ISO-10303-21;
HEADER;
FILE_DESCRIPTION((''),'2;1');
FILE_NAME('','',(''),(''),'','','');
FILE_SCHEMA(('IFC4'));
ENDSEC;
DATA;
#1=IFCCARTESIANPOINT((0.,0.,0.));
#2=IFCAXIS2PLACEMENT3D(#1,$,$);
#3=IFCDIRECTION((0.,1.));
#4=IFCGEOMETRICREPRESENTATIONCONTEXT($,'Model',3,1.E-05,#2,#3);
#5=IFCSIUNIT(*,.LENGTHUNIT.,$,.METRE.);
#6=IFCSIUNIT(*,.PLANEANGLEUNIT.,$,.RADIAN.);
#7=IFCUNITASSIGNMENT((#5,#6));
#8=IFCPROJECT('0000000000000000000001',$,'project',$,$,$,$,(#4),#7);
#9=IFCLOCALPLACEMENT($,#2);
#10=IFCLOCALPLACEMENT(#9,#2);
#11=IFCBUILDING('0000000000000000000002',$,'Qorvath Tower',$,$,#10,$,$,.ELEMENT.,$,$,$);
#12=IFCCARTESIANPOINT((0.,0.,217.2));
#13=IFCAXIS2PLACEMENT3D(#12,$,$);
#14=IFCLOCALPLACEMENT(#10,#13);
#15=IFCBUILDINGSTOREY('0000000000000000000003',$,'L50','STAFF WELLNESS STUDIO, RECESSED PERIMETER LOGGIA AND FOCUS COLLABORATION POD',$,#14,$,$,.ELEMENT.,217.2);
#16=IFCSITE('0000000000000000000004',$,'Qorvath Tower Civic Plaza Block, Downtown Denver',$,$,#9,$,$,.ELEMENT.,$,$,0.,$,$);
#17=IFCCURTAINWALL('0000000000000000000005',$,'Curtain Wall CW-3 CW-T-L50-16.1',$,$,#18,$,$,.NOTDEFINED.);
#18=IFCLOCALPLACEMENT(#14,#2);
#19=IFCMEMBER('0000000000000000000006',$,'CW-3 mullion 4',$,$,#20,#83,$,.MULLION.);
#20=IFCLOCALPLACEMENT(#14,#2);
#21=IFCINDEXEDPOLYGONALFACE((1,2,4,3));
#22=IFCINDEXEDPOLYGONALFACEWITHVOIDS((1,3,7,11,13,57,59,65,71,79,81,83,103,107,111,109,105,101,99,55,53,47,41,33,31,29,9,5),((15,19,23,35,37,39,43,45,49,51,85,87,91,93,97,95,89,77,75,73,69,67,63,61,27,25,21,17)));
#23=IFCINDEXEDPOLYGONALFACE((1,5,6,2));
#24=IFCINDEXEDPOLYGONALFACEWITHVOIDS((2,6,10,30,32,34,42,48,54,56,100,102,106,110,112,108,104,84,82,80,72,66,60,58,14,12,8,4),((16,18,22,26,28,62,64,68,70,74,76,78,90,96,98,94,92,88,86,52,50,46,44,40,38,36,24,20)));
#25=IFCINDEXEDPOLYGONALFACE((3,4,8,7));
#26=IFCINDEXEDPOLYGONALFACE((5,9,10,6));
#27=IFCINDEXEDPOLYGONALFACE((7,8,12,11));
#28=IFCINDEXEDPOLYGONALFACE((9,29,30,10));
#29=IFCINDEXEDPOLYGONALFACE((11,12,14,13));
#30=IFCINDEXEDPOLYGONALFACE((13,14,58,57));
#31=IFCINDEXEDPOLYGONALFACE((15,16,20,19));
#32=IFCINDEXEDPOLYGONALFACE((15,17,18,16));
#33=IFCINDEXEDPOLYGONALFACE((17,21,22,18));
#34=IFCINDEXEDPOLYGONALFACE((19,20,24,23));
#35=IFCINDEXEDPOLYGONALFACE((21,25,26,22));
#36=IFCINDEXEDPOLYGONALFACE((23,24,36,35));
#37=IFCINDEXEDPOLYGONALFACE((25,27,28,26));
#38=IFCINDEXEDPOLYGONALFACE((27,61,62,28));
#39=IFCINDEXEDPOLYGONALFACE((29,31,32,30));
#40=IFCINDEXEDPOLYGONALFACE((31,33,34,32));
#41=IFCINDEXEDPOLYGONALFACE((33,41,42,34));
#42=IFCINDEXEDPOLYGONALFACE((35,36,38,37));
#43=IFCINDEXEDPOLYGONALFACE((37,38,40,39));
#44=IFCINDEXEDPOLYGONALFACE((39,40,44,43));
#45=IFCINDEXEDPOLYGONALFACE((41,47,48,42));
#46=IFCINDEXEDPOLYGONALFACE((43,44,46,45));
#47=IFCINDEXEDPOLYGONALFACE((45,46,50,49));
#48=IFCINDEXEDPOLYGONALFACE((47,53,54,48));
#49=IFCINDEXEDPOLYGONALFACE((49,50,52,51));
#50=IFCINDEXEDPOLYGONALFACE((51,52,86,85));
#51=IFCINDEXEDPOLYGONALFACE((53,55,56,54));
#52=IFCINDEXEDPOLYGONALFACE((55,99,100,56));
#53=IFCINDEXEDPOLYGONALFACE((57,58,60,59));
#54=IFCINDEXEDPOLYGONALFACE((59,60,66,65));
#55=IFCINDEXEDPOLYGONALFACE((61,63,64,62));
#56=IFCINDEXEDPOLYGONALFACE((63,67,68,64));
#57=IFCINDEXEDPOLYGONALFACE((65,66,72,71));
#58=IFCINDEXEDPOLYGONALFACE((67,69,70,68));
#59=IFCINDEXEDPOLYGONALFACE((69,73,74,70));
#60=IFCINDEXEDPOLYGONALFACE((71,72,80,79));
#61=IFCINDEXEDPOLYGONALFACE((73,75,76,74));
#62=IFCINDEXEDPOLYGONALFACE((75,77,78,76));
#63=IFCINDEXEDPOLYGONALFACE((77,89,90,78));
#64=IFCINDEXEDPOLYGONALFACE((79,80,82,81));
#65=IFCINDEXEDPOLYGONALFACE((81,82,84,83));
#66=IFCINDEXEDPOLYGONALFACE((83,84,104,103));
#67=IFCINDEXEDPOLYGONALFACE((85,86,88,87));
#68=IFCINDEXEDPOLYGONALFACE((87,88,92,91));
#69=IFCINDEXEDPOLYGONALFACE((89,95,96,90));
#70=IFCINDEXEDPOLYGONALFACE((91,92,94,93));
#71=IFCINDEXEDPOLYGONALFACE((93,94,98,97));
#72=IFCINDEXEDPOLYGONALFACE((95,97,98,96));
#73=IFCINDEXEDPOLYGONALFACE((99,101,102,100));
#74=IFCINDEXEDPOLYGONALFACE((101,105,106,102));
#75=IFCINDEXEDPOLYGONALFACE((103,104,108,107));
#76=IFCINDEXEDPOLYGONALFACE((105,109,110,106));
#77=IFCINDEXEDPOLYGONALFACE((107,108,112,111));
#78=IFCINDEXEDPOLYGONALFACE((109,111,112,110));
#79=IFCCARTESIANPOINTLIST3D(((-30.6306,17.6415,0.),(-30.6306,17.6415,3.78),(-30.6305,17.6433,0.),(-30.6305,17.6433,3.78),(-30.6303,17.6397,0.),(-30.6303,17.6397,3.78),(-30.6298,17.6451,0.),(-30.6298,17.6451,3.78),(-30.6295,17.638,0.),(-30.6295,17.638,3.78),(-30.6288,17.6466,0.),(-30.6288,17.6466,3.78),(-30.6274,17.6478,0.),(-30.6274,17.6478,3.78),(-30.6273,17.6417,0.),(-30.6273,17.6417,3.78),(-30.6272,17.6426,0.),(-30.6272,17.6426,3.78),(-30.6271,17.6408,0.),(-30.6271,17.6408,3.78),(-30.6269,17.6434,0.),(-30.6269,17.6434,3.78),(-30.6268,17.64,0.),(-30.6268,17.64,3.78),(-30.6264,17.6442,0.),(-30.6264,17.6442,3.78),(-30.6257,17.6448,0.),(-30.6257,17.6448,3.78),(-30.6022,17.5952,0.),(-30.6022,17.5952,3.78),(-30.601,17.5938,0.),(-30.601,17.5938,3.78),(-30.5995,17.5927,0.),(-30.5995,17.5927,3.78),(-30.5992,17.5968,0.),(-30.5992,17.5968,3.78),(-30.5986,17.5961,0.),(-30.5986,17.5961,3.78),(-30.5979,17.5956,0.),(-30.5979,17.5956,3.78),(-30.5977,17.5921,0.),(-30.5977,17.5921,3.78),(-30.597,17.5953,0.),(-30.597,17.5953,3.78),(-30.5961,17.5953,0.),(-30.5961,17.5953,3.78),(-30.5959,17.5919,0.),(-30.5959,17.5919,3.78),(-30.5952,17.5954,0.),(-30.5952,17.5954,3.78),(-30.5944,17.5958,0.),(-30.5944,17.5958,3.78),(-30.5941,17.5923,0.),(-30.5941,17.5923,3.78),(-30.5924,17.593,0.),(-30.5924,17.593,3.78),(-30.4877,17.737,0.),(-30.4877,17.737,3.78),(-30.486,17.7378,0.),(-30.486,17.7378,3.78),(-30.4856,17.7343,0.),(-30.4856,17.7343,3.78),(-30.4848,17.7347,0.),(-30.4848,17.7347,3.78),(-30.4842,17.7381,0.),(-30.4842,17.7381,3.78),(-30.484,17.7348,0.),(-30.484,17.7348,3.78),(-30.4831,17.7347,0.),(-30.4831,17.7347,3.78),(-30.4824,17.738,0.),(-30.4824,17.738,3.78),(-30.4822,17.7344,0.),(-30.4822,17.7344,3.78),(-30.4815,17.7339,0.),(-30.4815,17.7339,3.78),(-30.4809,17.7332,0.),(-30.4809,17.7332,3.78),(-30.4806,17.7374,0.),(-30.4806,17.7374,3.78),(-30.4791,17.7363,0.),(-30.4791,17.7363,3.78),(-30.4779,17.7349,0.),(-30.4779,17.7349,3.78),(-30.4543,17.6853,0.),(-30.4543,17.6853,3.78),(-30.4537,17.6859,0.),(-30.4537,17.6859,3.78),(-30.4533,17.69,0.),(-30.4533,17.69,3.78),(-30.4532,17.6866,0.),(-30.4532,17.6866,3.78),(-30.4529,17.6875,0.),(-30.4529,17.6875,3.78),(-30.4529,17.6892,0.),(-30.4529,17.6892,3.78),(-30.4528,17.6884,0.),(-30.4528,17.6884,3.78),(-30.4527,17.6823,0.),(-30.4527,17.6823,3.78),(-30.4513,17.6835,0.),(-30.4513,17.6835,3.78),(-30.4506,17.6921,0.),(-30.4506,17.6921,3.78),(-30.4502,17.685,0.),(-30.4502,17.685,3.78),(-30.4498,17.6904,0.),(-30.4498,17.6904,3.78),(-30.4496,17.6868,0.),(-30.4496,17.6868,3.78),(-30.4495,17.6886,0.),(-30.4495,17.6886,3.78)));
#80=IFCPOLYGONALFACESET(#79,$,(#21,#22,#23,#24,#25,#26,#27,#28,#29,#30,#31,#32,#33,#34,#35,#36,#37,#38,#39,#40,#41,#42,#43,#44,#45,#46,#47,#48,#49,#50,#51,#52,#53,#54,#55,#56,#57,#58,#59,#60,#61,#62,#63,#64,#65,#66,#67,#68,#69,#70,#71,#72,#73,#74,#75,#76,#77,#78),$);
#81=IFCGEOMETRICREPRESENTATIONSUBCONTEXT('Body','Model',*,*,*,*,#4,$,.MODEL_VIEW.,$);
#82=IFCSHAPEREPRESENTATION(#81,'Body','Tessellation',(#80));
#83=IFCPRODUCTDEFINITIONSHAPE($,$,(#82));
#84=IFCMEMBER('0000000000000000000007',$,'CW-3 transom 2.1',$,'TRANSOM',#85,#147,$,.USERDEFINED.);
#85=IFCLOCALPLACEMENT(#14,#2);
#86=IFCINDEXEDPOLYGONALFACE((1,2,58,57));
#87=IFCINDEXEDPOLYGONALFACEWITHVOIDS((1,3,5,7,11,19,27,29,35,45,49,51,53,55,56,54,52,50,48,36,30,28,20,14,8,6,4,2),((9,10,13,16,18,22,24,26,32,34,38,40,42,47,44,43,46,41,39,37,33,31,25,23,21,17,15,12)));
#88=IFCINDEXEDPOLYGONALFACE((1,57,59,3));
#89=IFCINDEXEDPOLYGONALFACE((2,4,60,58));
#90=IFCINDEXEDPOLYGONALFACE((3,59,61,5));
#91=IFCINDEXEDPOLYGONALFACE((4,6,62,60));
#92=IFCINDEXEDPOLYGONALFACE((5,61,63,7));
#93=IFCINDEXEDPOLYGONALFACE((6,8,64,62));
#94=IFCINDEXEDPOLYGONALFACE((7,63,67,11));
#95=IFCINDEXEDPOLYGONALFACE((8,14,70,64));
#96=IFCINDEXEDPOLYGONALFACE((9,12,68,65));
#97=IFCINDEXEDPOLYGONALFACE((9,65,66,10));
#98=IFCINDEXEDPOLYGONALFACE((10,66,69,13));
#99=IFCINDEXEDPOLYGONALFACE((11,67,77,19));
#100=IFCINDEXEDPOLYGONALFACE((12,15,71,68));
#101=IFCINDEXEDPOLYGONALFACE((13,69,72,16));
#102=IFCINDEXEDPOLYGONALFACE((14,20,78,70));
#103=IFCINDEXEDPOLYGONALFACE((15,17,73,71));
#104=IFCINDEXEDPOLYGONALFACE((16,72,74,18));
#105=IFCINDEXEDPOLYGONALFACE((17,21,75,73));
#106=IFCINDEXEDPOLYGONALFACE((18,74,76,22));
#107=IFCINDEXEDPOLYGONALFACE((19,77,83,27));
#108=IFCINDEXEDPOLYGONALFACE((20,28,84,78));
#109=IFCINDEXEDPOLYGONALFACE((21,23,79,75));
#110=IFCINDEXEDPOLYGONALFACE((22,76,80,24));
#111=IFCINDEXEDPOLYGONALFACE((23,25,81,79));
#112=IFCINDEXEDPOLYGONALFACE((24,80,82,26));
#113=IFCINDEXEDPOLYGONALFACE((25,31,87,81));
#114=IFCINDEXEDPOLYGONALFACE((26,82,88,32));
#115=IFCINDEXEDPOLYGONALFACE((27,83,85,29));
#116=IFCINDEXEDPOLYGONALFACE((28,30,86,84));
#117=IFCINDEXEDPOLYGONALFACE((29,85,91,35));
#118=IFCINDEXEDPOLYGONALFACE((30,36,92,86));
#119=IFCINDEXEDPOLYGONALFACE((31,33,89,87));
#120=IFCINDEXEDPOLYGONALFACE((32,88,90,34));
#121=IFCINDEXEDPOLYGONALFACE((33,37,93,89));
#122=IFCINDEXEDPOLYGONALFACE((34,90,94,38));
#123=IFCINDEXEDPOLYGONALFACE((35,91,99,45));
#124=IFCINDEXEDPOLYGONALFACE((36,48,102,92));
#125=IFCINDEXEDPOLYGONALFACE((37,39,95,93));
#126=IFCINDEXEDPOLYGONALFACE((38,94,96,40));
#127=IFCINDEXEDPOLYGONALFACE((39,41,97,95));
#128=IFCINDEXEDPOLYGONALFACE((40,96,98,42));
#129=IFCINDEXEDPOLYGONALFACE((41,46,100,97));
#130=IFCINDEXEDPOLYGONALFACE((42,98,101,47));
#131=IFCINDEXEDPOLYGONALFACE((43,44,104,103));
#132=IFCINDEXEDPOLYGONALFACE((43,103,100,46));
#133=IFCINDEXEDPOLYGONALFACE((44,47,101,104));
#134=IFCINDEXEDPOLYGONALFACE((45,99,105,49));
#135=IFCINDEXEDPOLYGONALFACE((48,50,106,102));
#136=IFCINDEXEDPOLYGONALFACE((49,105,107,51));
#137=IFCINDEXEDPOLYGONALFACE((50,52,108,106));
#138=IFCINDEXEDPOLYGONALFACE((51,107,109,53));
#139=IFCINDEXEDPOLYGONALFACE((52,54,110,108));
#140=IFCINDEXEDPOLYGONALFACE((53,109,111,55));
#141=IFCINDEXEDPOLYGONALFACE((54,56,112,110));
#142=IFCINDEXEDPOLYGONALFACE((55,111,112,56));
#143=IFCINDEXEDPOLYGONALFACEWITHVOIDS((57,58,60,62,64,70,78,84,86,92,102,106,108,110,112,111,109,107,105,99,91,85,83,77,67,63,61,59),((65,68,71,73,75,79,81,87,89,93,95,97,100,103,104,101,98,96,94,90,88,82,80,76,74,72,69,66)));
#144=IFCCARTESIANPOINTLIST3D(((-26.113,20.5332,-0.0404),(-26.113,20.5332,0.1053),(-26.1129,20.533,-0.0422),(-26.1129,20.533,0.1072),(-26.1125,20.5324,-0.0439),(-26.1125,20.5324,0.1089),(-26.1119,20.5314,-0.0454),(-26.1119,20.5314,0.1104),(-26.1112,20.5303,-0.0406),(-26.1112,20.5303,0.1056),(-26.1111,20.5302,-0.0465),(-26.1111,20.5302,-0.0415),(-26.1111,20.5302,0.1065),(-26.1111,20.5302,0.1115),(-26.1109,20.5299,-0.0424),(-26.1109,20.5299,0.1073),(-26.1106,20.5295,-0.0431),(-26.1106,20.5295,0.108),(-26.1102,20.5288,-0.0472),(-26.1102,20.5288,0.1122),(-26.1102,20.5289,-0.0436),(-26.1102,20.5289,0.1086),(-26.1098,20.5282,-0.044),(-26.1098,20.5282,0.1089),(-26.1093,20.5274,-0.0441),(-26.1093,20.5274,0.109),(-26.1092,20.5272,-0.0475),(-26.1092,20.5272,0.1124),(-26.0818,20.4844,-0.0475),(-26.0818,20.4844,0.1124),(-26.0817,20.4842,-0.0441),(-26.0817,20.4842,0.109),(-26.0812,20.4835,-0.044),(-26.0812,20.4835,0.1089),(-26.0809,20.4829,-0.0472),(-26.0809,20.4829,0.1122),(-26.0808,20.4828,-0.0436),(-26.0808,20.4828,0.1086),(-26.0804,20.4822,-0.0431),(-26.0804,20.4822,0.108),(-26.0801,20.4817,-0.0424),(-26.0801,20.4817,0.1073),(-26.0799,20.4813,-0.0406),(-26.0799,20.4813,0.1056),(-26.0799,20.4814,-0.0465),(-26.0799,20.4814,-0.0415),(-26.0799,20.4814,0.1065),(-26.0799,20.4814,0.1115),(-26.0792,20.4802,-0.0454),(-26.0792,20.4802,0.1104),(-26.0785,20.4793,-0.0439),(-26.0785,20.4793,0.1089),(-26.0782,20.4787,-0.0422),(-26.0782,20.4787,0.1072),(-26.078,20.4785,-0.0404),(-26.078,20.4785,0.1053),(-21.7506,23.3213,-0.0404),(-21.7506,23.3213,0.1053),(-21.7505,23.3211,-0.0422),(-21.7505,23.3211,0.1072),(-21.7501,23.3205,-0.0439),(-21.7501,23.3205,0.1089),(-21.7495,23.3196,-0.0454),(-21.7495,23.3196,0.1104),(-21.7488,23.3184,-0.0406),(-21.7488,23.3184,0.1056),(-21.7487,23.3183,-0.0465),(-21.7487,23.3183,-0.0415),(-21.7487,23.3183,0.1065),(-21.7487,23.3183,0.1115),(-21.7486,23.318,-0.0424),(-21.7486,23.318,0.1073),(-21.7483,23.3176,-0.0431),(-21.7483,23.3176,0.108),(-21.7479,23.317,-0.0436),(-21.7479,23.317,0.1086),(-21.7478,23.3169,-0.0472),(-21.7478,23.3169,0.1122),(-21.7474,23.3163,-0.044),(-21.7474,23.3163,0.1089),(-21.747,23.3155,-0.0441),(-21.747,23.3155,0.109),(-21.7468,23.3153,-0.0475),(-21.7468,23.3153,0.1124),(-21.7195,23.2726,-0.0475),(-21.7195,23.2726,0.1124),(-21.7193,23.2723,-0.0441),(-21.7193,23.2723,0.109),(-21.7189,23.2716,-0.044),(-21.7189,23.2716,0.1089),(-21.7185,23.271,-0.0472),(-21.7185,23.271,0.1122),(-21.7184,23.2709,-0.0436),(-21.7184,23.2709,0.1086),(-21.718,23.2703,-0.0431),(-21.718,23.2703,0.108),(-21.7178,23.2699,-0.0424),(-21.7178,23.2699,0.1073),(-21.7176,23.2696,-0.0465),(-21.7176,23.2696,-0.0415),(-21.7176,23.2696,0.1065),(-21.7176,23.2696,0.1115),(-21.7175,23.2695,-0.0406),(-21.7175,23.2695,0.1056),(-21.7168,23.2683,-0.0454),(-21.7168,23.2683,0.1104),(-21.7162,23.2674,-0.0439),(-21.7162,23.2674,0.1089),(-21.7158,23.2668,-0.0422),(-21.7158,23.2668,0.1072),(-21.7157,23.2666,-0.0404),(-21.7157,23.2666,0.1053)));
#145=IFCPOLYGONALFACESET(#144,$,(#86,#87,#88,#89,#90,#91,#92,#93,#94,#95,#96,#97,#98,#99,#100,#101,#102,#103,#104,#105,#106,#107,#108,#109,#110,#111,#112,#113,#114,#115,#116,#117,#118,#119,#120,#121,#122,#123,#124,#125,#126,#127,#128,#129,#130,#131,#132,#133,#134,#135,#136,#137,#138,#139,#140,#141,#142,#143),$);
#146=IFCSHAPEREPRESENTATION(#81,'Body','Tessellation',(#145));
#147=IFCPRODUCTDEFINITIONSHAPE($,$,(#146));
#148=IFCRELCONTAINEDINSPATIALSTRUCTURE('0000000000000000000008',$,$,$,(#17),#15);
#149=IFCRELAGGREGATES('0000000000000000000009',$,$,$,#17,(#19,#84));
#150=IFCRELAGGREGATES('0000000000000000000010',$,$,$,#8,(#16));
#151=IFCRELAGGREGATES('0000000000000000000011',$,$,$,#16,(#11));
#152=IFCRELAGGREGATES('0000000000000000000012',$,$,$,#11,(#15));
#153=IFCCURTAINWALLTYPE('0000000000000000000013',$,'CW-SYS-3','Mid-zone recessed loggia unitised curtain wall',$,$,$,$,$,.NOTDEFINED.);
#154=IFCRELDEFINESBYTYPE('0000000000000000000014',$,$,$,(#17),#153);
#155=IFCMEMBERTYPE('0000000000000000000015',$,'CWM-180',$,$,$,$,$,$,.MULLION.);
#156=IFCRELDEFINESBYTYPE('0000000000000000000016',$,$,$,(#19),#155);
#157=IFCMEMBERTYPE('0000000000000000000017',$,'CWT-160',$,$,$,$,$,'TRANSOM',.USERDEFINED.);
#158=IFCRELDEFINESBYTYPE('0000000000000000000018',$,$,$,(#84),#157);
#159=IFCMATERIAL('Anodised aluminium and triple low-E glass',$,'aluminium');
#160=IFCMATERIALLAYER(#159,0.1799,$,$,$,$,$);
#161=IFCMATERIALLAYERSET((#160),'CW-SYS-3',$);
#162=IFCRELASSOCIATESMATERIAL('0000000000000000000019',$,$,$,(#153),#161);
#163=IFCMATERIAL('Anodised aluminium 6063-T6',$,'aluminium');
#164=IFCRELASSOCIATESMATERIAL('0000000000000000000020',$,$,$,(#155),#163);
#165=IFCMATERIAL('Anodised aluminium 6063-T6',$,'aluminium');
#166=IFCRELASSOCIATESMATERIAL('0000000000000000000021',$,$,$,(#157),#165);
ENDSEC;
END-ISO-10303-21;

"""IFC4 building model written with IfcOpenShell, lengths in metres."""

from ifc_helpers import new_model, si_unit, direction, frame, origin, origin_2d, place, context, subcontext, project, spatial, hollow_rectangle, extrude, material, layer, layer_set, material_profile, profile_set, type_object, element, aggregate, save


model = new_model("IFC4")

# Units and contexts
model_context = context("Model", 3, precision=1e-05, world=origin(), true_north=direction((0.0, 1.0)))
body_context = subcontext(model_context, "Body", "Model", "MODEL_VIEW")
ifc_project = project(units=[si_unit("LENGTHUNIT", "METRE"), si_unit("PLANEANGLEUNIT", "RADIAN")], contexts=[model_context])

# Site, building, storey
site_placement = place(None, origin())
site = spatial("IfcSite", under=ifc_project, at=site_placement, Name="Qorvath Tower Civic Plaza Block, Downtown Denver", CompositionType="ELEMENT", RefElevation=0.0)
building_placement = place(site_placement, origin())
building = spatial("IfcBuilding", under=site, at=building_placement, Name="Qorvath Tower", CompositionType="ELEMENT")
storey_placement = place(building_placement, frame((0.0, 0.0, 217.2)))
storey = spatial("IfcBuildingStorey", under=building, at=storey_placement, Name="L50", Description="STAFF WELLNESS STUDIO, RECESSED PERIMETER LOGGIA AND FOCUS COLLABORATION POD", CompositionType="ELEMENT", Elevation=217.2)

# Curtain wall, members
ifc_material_1 = material(Name="Anodised aluminium and triple low-E glass", Category="aluminium")
ifc_layer_1 = layer(ifc_material_1, 0.1799)
ifc_layer_set_1 = layer_set([ifc_layer_1], Name="CW-SYS-3")
curtain_wall_type = type_object("IfcCurtainWallType", Name="CW-SYS-3", Description="Mid-zone recessed loggia unitised curtain wall", PredefinedType="NOTDEFINED", material=ifc_layer_set_1)
curtain_wall_placement = place(storey_placement, origin())
curtain_wall = element("IfcCurtainWall", 1, at=curtain_wall_placement, inside=storey, type_object=curtain_wall_type, Name="Curtain Wall CW-3 CW-T-L50-16.1", PredefinedType="NOTDEFINED")
ifc_material_2 = material(Name="Anodised aluminium 6063-T6", Category="aluminium")
ifc_material_profile_1 = material_profile(ifc_material_2, hollow_rectangle(XDim=0.0649, YDim=0.1799, WallThickness=0.0034, InnerFilletRadius=0.0034, OuterFilletRadius=0.0071, at=origin_2d()), Name="CWM 180x65")
ifc_profile_set_1 = profile_set([ifc_material_profile_1], Name="Anodised aluminium 6063-T6")
member_type_1 = type_object("IfcMemberType", Name="CWM-180", PredefinedType="MULLION", material=ifc_profile_set_1)
member_1_placement = place(storey_placement, frame((-30.54, 17.665, 0.0), z_axis=(0.0, 0.0, 1.0), x_axis=(0.538535, -0.842603, 0.0)))
member_1 = element("IfcMember", 2, at=member_1_placement, type_object=member_type_1, Name="CW-3 mullion 4", PredefinedType="MULLION", context=body_context, shape_type="SweptSolid", body=[
    extrude(hollow_rectangle(XDim=0.0649, YDim=0.1799, WallThickness=0.0034, InnerFilletRadius=0.0034, OuterFilletRadius=0.0071, at=origin_2d()), origin(), (0.0, 0.0, 1.0), 3.78),
])
ifc_material_3 = material(Name="Anodised aluminium 6063-T6", Category="aluminium")
ifc_material_profile_2 = material_profile(ifc_material_3, hollow_rectangle(XDim=0.0649, YDim=0.1599, WallThickness=0.0034, InnerFilletRadius=0.0034, OuterFilletRadius=0.0071, at=origin_2d()), Name="CWT 160x65")
ifc_profile_set_2 = profile_set([ifc_material_profile_2], Name="Anodised aluminium 6063-T6")
member_type_2 = type_object("IfcMemberType", Name="CWT-160", ElementType="TRANSOM", PredefinedType="USERDEFINED", material=ifc_profile_set_2)
member_2_placement = place(storey_placement, frame((-21.7332, 23.2939, 0.0325), z_axis=(-0.842604, -0.538534, 0.0), x_axis=(0.538534, -0.842604, 0.0)))
member_2 = element("IfcMember", 3, at=member_2_placement, type_object=member_type_2, Name="CW-3 transom 2.1", ObjectType="TRANSOM", PredefinedType="USERDEFINED", context=body_context, shape_type="SweptSolid", body=[
    extrude(hollow_rectangle(XDim=0.0649, YDim=0.1599, WallThickness=0.0034, InnerFilletRadius=0.0034, OuterFilletRadius=0.0071, at=origin_2d()), origin(), (0.0, 0.0, 1.0), 5.1772),
])
aggregate(curtain_wall, [member_1, member_2])

save(model, "model.ifc")
